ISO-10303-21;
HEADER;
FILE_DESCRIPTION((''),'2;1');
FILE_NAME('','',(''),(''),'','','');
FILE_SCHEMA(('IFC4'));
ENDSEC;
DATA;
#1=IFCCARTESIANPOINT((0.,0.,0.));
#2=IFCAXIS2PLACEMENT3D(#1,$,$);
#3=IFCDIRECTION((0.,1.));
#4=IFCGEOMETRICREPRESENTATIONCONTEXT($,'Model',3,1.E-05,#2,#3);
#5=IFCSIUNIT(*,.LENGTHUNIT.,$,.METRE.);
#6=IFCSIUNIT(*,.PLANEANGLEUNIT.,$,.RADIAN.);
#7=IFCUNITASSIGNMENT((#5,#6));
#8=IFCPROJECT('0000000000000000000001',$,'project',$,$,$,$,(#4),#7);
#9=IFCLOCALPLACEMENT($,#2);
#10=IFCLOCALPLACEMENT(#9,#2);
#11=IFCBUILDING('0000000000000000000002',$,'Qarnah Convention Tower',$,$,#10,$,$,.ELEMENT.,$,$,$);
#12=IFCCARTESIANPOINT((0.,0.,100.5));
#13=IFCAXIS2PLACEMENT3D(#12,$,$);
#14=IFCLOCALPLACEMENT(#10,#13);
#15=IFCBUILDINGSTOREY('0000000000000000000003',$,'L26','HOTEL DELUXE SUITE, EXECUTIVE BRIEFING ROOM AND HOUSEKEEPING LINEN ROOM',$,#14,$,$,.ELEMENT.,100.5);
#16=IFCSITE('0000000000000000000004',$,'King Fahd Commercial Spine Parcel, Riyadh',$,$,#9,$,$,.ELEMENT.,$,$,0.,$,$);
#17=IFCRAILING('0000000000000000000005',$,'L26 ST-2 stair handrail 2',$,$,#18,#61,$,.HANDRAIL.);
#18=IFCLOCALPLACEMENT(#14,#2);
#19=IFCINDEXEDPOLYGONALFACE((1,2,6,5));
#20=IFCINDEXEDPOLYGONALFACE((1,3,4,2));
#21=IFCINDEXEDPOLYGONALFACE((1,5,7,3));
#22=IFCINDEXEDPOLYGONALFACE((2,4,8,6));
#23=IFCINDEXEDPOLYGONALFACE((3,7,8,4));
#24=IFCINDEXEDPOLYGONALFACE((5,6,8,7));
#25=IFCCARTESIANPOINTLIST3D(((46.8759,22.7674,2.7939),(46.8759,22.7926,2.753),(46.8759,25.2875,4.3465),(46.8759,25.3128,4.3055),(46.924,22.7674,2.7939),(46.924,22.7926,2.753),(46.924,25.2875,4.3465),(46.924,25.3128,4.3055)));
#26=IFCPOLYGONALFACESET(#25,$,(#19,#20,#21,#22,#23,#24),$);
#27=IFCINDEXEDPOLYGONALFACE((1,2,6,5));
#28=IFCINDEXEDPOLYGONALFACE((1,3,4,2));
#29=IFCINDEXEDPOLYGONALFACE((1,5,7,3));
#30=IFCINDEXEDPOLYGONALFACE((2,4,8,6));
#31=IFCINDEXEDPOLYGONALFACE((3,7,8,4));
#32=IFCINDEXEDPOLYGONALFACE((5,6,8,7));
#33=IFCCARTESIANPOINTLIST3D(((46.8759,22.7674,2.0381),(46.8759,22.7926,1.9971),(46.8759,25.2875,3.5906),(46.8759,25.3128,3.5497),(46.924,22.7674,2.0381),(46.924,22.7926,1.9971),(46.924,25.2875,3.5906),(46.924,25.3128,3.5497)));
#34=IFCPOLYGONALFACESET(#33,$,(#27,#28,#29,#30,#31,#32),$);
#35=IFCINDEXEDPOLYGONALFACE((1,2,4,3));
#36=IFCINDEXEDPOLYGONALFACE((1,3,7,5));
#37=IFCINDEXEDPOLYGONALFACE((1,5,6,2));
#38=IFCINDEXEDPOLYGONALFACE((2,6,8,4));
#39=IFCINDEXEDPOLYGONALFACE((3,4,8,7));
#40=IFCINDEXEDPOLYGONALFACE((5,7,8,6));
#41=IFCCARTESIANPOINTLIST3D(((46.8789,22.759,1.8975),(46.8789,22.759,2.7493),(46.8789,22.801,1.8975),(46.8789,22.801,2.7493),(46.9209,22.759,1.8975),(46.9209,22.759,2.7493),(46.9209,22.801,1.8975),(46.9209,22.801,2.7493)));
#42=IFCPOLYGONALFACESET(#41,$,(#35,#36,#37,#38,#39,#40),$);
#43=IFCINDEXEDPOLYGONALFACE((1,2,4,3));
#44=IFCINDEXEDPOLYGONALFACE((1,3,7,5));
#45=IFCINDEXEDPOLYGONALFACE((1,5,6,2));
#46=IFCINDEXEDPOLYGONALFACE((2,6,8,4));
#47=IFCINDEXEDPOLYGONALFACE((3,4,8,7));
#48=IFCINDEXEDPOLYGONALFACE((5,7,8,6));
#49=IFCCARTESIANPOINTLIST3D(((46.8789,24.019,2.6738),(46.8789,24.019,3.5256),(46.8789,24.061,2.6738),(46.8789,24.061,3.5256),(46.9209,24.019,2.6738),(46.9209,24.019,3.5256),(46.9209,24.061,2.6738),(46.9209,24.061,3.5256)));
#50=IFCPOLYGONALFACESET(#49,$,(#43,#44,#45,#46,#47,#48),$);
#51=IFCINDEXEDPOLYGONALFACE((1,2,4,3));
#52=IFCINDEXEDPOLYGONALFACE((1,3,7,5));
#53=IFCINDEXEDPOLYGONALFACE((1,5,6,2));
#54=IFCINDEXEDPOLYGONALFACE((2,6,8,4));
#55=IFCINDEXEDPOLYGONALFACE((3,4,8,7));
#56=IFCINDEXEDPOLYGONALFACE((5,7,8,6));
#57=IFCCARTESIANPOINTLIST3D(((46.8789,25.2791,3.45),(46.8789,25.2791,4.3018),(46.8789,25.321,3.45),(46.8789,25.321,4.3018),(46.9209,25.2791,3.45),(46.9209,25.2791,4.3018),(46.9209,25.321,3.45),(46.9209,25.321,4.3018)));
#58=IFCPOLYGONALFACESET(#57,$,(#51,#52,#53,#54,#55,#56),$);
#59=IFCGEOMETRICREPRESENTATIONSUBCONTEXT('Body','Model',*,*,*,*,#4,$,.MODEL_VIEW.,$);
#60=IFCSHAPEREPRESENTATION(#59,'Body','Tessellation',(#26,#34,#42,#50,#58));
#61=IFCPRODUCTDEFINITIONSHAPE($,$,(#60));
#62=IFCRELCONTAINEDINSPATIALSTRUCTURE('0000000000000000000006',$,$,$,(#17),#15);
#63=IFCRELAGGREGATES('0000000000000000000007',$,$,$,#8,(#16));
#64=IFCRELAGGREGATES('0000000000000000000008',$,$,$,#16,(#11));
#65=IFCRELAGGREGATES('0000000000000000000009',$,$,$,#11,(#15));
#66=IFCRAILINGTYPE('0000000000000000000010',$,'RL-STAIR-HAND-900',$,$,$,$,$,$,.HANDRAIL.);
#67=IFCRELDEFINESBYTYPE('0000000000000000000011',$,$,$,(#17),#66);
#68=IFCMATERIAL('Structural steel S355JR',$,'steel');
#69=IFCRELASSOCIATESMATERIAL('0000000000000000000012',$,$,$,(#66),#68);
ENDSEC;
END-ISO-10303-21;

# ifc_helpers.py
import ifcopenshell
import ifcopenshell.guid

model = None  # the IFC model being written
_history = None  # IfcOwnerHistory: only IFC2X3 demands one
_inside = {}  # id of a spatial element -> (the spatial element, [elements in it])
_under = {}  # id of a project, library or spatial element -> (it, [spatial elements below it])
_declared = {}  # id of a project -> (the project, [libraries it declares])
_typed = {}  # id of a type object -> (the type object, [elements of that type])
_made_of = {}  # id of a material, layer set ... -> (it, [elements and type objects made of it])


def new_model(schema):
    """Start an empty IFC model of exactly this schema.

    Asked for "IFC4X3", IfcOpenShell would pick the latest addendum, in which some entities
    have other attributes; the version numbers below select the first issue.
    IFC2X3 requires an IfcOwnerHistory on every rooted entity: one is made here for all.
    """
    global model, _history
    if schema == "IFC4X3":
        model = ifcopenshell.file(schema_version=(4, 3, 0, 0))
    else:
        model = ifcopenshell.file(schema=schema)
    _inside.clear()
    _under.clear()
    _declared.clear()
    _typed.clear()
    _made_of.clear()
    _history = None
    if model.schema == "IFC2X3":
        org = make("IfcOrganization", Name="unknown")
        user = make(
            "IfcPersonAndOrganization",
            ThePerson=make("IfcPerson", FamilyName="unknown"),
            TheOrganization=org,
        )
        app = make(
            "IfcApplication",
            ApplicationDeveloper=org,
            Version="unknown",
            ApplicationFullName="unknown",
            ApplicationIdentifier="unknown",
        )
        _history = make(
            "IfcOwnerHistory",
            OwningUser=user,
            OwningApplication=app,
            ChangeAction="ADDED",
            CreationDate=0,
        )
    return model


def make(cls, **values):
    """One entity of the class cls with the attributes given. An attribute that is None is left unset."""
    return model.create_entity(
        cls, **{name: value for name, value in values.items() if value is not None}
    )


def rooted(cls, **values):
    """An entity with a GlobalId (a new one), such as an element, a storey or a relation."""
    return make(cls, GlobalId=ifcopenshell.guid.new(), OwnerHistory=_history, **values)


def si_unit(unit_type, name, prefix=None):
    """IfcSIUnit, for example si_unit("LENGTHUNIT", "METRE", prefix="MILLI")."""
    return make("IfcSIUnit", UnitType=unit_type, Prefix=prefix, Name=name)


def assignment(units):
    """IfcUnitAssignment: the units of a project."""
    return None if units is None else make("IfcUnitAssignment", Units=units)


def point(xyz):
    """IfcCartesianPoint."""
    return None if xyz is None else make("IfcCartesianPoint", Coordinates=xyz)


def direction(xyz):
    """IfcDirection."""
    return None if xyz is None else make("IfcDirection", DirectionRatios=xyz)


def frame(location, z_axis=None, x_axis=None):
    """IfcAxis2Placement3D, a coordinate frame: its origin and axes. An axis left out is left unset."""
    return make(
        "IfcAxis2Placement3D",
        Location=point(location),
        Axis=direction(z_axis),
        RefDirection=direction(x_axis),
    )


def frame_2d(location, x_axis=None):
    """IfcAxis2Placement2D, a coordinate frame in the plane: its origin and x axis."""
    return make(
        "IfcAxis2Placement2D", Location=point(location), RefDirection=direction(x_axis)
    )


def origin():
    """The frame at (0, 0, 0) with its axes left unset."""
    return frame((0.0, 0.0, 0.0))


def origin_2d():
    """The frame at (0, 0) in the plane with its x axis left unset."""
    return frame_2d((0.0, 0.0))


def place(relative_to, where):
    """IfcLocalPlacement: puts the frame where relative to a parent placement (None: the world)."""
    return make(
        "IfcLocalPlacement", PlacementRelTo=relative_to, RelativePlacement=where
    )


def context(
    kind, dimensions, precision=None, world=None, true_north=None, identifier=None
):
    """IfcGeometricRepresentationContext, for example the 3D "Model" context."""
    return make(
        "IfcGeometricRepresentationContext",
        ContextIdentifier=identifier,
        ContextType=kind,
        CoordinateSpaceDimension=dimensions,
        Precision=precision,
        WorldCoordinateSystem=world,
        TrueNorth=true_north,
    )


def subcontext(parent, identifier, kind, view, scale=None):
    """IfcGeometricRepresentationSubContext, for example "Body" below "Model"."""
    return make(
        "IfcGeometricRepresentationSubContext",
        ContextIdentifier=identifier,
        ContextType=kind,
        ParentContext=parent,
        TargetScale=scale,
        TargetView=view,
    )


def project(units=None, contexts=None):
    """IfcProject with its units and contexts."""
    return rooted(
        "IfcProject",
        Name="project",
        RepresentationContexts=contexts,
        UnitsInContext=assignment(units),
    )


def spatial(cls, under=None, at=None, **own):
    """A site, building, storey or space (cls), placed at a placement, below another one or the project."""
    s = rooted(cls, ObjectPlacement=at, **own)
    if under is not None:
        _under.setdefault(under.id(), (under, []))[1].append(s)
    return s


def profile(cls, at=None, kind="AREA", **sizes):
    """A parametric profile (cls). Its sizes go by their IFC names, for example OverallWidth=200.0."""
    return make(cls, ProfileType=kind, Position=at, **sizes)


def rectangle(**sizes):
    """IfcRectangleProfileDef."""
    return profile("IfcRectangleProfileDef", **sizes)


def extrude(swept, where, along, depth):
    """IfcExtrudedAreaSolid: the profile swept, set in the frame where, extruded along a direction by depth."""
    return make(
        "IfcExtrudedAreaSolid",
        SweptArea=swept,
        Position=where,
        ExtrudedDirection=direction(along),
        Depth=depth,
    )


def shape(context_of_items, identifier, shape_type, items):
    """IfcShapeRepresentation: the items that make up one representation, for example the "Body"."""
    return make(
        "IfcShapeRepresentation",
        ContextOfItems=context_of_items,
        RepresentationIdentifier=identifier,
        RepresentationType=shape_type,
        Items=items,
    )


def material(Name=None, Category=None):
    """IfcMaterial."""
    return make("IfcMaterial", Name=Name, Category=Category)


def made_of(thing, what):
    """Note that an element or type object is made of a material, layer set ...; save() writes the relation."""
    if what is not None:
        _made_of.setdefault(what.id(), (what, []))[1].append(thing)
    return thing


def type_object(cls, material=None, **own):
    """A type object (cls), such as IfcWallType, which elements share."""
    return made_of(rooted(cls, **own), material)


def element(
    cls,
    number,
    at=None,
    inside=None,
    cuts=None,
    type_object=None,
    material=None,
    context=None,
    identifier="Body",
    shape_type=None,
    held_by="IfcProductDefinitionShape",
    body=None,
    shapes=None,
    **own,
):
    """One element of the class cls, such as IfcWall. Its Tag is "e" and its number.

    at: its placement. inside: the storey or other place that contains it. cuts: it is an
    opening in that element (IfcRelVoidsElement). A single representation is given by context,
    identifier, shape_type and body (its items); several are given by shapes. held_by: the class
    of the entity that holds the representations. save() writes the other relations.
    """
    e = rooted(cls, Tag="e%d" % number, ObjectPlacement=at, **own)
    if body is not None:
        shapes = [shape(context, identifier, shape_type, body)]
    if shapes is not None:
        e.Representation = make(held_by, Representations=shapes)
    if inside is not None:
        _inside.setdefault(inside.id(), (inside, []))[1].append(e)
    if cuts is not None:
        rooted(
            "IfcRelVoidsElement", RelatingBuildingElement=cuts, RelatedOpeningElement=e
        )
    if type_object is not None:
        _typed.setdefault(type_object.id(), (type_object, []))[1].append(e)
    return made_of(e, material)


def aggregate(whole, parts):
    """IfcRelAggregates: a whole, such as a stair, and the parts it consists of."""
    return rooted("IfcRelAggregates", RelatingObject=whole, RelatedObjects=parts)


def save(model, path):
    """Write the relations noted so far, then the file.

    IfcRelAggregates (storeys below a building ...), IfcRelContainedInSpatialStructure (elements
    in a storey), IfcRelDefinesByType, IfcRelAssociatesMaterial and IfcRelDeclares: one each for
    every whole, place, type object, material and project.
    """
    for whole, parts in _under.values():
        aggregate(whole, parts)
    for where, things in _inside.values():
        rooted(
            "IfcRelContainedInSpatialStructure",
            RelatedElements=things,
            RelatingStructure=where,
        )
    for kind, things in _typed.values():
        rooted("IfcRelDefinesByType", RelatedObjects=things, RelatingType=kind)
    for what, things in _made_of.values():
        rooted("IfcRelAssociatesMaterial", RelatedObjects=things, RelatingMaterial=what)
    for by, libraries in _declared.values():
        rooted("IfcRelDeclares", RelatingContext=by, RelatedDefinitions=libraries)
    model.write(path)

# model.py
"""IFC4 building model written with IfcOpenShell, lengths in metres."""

from ifc_helpers import new_model, si_unit, direction, frame, origin, origin_2d, place, context, subcontext, project, spatial, rectangle, extrude, material, type_object, element, save


model = new_model("IFC4")

# Units and contexts
model_context = context("Model", 3, precision=1e-05, world=origin(), true_north=direction((0.0, 1.0)))
body_context = subcontext(model_context, "Body", "Model", "MODEL_VIEW")
ifc_project = project(units=[si_unit("LENGTHUNIT", "METRE"), si_unit("PLANEANGLEUNIT", "RADIAN")], contexts=[model_context])

# Site, building, storey
site_placement = place(None, origin())
site = spatial("IfcSite", under=ifc_project, at=site_placement, Name="King Fahd Commercial Spine Parcel, Riyadh", CompositionType="ELEMENT", RefElevation=0.0)
building_placement = place(site_placement, origin())
building = spatial("IfcBuilding", under=site, at=building_placement, Name="Qarnah Convention Tower", CompositionType="ELEMENT")
storey_placement = place(building_placement, frame((0.0, 0.0, 100.5)))
storey = spatial("IfcBuildingStorey", under=building, at=storey_placement, Name="L26", Description="HOTEL DELUXE SUITE, EXECUTIVE BRIEFING ROOM AND HOUSEKEEPING LINEN ROOM", CompositionType="ELEMENT", Elevation=100.5)

# Shared definitions
ifc_material_1 = material(Name="Structural steel S355JR", Category="steel")

# Railing
railing_type_1 = type_object("IfcRailingType", Name="RL-STAIR-HAND-900", PredefinedType="HANDRAIL", material=ifc_material_1)
railing_1_placement = place(storey_placement, frame((46.8999, 22.78, 1.8975)))
element("IfcRailing", 1, at=railing_1_placement, inside=storey, type_object=railing_type_1, Name="L26 ST-2 stair handrail 2", PredefinedType="HANDRAIL", context=body_context, shape_type="SweptSolid", body=[
    extrude(rectangle(XDim=0.0481, YDim=0.0481, at=origin_2d()), frame((0.0, 0.0, 0.876), z_axis=(0.0, 0.8514, 0.524516), x_axis=(-1.0, 0.0, 0.0)), (0.0, 0.0, 1.0), 2.96),
    extrude(rectangle(XDim=0.0481, YDim=0.0481, at=origin_2d()), frame((0.0, 0.0, 0.1201), z_axis=(0.0, 0.8514, 0.524516), x_axis=(-1.0, 0.0, 0.0)), (0.0, 0.0, 1.0), 2.96),
    extrude(rectangle(XDim=0.042, YDim=0.042, at=origin_2d()), origin(), (0.0, 0.0, 1.0), 0.8518),
    extrude(rectangle(XDim=0.042, YDim=0.042, at=origin_2d()), frame((0.0, 1.26, 0.7764)), (0.0, 0.0, 1.0), 0.8518),
    extrude(rectangle(XDim=0.042, YDim=0.042, at=origin_2d()), frame((0.0, 2.52, 1.5525)), (0.0, 0.0, 1.0), 0.8518),
])

save(model, "model.ifc")
